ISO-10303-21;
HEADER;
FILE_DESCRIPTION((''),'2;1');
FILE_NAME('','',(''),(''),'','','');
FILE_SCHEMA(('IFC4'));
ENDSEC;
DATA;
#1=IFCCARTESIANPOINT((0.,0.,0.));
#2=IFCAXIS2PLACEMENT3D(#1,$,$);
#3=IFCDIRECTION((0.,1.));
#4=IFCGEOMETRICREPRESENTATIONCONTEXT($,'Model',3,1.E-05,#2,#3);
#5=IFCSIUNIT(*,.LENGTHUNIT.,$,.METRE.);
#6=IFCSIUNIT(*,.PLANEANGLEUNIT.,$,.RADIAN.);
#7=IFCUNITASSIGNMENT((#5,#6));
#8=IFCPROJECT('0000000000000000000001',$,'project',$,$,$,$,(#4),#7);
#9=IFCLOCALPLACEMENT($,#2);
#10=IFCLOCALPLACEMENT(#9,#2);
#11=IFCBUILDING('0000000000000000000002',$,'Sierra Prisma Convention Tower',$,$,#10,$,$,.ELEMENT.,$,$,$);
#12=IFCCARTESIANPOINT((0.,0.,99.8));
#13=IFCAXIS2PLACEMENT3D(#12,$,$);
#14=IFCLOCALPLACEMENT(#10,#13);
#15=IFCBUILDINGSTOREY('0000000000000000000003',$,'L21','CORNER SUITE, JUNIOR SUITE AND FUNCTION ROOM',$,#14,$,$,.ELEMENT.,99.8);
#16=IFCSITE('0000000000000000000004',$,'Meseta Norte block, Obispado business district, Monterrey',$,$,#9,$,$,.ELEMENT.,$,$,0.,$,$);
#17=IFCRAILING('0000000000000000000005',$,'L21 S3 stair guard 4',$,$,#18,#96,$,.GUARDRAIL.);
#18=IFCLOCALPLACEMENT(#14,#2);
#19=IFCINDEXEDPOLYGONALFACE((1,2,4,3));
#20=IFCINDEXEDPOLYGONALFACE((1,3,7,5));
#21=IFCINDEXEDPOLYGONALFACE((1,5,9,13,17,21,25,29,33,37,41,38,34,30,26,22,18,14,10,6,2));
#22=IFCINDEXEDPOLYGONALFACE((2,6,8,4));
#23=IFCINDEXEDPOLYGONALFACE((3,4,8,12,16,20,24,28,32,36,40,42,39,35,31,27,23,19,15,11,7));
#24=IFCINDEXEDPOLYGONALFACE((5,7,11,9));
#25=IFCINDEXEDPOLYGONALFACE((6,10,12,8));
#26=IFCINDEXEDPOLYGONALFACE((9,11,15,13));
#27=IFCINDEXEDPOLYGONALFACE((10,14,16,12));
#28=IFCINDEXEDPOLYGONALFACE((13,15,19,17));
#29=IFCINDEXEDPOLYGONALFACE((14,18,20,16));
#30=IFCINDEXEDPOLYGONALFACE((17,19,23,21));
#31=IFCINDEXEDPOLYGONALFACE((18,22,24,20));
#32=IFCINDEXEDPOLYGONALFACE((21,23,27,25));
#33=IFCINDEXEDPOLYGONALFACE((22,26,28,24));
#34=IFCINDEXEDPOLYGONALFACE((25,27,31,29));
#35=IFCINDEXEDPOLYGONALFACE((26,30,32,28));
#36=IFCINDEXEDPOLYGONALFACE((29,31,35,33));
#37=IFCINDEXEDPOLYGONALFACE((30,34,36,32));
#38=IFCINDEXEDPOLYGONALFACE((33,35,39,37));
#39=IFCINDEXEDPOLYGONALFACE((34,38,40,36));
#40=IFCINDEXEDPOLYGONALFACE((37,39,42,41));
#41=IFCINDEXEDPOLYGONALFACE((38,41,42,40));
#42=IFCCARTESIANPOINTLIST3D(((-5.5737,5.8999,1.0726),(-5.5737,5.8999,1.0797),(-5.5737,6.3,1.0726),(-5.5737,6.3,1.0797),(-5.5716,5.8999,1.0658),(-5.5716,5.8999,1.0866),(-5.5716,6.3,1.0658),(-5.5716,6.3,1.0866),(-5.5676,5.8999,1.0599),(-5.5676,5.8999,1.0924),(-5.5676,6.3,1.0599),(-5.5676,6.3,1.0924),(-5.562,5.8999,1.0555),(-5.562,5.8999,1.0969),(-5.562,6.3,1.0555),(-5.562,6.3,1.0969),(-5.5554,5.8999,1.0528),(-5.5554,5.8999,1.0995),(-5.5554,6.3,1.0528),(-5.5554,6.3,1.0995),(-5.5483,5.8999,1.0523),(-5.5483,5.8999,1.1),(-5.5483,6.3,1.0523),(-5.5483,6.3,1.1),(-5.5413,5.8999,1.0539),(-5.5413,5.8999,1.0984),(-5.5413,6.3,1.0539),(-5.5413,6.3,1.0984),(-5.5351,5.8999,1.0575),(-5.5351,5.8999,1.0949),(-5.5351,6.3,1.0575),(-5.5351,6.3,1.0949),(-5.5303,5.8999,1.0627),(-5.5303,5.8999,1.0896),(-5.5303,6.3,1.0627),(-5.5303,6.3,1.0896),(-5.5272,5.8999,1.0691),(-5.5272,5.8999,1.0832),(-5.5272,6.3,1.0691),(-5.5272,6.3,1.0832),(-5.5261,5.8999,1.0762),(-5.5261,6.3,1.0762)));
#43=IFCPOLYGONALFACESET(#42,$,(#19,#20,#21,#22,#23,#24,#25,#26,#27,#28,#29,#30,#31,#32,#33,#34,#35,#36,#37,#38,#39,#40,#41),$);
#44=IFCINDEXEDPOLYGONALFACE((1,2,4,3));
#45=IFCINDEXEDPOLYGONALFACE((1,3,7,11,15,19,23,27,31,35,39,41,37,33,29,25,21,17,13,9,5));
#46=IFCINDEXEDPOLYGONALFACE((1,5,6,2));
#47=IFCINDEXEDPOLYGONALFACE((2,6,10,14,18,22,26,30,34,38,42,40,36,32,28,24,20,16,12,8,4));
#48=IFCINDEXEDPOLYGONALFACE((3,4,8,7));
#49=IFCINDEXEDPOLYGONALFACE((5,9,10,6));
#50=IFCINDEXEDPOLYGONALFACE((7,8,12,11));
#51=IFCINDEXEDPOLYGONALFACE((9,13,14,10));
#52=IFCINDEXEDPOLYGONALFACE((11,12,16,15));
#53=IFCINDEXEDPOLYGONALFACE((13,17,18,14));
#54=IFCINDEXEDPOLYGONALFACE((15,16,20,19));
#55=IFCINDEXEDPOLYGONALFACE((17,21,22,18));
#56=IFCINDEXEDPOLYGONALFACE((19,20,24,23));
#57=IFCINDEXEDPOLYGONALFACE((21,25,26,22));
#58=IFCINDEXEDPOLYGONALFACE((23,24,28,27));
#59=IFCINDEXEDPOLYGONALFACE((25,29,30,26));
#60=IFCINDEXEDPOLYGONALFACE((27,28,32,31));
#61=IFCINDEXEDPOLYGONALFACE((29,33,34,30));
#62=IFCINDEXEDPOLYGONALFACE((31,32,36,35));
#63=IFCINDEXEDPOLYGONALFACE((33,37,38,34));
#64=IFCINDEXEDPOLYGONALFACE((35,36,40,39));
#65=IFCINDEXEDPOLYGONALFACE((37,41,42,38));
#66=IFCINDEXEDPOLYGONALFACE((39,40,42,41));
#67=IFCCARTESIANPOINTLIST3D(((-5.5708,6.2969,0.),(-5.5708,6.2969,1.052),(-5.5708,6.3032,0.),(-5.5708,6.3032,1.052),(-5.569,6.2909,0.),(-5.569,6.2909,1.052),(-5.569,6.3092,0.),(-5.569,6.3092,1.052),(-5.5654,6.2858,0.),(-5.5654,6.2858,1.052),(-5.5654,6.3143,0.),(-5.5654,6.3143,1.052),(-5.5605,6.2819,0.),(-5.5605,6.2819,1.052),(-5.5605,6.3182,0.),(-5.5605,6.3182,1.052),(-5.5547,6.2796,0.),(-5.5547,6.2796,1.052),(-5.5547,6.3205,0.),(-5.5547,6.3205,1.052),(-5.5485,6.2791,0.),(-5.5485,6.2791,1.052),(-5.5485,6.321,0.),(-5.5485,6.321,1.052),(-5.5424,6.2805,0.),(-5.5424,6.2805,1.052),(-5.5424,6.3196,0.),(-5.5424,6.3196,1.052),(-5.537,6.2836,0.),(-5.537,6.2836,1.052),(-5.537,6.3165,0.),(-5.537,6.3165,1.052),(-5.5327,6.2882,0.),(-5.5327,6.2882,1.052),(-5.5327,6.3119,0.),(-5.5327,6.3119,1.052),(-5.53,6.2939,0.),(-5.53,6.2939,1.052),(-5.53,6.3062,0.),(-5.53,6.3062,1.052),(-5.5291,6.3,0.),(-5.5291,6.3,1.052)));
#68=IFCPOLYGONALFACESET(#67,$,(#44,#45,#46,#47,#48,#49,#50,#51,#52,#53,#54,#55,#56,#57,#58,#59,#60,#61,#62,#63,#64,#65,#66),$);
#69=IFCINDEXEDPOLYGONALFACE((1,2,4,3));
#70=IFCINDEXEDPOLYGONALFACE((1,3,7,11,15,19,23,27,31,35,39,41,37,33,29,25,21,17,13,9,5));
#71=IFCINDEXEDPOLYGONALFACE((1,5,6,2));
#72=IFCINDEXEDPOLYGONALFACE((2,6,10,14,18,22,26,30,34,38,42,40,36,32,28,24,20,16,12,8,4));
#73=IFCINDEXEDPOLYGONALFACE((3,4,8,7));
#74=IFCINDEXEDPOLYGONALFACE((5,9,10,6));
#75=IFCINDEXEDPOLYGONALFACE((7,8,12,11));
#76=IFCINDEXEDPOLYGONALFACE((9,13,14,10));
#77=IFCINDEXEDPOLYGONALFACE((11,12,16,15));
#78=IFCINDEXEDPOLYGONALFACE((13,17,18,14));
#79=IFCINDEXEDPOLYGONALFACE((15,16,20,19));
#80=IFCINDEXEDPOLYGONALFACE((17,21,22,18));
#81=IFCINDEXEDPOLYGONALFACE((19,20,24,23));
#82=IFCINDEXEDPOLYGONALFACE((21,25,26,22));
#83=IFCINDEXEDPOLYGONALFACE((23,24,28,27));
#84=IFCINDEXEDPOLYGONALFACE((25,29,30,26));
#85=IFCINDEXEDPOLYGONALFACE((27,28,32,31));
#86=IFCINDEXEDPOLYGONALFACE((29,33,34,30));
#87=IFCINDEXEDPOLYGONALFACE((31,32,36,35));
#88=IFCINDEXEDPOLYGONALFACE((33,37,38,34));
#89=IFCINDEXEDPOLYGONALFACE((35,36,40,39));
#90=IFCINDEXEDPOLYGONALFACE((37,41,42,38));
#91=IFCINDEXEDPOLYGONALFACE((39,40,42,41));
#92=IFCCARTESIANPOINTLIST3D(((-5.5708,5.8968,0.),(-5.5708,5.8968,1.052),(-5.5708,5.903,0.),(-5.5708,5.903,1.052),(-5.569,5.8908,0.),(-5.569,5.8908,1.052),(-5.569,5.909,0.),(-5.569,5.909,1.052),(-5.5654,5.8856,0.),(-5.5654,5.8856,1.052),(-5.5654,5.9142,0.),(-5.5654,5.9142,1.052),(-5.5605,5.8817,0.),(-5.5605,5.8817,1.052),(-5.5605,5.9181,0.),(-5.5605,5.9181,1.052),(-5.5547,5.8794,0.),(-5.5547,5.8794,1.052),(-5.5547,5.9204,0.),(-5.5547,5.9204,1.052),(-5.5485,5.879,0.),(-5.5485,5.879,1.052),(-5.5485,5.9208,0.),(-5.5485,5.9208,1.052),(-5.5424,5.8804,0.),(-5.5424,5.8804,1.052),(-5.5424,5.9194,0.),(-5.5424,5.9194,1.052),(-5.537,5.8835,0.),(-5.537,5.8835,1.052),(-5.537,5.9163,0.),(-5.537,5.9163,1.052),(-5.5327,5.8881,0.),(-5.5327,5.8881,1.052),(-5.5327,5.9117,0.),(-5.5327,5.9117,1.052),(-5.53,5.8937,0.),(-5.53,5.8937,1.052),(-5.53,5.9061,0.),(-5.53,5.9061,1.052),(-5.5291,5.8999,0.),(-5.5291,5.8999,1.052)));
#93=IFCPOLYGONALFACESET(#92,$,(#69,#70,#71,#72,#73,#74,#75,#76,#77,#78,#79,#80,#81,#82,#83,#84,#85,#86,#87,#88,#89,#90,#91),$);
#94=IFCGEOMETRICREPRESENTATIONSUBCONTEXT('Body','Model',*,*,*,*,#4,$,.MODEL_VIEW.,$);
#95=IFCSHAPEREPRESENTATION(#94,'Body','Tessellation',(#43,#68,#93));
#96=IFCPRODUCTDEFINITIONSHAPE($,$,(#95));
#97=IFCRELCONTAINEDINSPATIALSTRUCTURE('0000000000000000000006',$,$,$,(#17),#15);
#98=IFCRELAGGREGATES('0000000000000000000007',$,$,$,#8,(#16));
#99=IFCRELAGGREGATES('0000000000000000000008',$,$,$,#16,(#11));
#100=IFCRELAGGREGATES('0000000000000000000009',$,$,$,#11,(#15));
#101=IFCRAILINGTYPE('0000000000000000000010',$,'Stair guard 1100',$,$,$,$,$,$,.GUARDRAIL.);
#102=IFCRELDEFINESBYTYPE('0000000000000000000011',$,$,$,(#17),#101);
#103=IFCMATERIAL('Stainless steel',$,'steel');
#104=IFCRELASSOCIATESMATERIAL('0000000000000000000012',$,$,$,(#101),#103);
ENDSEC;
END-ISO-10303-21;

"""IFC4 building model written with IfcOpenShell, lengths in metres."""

from ifc_helpers import new_model, si_unit, direction, frame, origin, origin_2d, place, context, subcontext, project, spatial, circle, extrude, material, type_object, element, save


model = new_model("IFC4")

# Units and contexts
model_context = context("Model", 3, precision=1e-05, world=origin(), true_north=direction((0.0, 1.0)))
body_context = subcontext(model_context, "Body", "Model", "MODEL_VIEW")
ifc_project = project(units=[si_unit("LENGTHUNIT", "METRE"), si_unit("PLANEANGLEUNIT", "RADIAN")], contexts=[model_context])

# Site, building, storey
site_placement = place(None, origin())
site = spatial("IfcSite", under=ifc_project, at=site_placement, Name="Meseta Norte block, Obispado business district, Monterrey", CompositionType="ELEMENT", RefElevation=0.0)
building_placement = place(site_placement, origin())
building = spatial("IfcBuilding", under=site, at=building_placement, Name="Sierra Prisma Convention Tower", CompositionType="ELEMENT")
storey_placement = place(building_placement, frame((0.0, 0.0, 99.8)))
storey = spatial("IfcBuildingStorey", under=building, at=storey_placement, Name="L21", Description="CORNER SUITE, JUNIOR SUITE AND FUNCTION ROOM", CompositionType="ELEMENT", Elevation=99.8)

# Railing
ifc_material_1 = material(Name="Stainless steel", Category="steel")
railing_type_1 = type_object("IfcRailingType", Name="Stair guard 1100", PredefinedType="GUARDRAIL", material=ifc_material_1)
railing_1_placement = place(storey_placement, frame((-5.55, 6.3, 0.0)))
element("IfcRailing", 1, at=railing_1_placement, inside=storey, type_object=railing_type_1, Name="L21 S3 stair guard 4", PredefinedType="GUARDRAIL", context=body_context, shape_type="SweptSolid", body=[
    extrude(circle(Radius=0.0239, at=origin_2d()), frame((0.0, 0.0, 1.0762), z_axis=(0.0, -1.0, 0.0), x_axis=(1.0, 0.0, 0.0)), (0.0, 0.0, 1.0), 0.4001),
    extrude(circle(Radius=0.021, at=origin_2d()), origin(), (0.0, 0.0, 1.0), 1.052),
    extrude(circle(Radius=0.021, at=origin_2d()), frame((0.0, -0.4001, 0.0)), (0.0, 0.0, 1.0), 1.052),
])

save(model, "model.ifc")
